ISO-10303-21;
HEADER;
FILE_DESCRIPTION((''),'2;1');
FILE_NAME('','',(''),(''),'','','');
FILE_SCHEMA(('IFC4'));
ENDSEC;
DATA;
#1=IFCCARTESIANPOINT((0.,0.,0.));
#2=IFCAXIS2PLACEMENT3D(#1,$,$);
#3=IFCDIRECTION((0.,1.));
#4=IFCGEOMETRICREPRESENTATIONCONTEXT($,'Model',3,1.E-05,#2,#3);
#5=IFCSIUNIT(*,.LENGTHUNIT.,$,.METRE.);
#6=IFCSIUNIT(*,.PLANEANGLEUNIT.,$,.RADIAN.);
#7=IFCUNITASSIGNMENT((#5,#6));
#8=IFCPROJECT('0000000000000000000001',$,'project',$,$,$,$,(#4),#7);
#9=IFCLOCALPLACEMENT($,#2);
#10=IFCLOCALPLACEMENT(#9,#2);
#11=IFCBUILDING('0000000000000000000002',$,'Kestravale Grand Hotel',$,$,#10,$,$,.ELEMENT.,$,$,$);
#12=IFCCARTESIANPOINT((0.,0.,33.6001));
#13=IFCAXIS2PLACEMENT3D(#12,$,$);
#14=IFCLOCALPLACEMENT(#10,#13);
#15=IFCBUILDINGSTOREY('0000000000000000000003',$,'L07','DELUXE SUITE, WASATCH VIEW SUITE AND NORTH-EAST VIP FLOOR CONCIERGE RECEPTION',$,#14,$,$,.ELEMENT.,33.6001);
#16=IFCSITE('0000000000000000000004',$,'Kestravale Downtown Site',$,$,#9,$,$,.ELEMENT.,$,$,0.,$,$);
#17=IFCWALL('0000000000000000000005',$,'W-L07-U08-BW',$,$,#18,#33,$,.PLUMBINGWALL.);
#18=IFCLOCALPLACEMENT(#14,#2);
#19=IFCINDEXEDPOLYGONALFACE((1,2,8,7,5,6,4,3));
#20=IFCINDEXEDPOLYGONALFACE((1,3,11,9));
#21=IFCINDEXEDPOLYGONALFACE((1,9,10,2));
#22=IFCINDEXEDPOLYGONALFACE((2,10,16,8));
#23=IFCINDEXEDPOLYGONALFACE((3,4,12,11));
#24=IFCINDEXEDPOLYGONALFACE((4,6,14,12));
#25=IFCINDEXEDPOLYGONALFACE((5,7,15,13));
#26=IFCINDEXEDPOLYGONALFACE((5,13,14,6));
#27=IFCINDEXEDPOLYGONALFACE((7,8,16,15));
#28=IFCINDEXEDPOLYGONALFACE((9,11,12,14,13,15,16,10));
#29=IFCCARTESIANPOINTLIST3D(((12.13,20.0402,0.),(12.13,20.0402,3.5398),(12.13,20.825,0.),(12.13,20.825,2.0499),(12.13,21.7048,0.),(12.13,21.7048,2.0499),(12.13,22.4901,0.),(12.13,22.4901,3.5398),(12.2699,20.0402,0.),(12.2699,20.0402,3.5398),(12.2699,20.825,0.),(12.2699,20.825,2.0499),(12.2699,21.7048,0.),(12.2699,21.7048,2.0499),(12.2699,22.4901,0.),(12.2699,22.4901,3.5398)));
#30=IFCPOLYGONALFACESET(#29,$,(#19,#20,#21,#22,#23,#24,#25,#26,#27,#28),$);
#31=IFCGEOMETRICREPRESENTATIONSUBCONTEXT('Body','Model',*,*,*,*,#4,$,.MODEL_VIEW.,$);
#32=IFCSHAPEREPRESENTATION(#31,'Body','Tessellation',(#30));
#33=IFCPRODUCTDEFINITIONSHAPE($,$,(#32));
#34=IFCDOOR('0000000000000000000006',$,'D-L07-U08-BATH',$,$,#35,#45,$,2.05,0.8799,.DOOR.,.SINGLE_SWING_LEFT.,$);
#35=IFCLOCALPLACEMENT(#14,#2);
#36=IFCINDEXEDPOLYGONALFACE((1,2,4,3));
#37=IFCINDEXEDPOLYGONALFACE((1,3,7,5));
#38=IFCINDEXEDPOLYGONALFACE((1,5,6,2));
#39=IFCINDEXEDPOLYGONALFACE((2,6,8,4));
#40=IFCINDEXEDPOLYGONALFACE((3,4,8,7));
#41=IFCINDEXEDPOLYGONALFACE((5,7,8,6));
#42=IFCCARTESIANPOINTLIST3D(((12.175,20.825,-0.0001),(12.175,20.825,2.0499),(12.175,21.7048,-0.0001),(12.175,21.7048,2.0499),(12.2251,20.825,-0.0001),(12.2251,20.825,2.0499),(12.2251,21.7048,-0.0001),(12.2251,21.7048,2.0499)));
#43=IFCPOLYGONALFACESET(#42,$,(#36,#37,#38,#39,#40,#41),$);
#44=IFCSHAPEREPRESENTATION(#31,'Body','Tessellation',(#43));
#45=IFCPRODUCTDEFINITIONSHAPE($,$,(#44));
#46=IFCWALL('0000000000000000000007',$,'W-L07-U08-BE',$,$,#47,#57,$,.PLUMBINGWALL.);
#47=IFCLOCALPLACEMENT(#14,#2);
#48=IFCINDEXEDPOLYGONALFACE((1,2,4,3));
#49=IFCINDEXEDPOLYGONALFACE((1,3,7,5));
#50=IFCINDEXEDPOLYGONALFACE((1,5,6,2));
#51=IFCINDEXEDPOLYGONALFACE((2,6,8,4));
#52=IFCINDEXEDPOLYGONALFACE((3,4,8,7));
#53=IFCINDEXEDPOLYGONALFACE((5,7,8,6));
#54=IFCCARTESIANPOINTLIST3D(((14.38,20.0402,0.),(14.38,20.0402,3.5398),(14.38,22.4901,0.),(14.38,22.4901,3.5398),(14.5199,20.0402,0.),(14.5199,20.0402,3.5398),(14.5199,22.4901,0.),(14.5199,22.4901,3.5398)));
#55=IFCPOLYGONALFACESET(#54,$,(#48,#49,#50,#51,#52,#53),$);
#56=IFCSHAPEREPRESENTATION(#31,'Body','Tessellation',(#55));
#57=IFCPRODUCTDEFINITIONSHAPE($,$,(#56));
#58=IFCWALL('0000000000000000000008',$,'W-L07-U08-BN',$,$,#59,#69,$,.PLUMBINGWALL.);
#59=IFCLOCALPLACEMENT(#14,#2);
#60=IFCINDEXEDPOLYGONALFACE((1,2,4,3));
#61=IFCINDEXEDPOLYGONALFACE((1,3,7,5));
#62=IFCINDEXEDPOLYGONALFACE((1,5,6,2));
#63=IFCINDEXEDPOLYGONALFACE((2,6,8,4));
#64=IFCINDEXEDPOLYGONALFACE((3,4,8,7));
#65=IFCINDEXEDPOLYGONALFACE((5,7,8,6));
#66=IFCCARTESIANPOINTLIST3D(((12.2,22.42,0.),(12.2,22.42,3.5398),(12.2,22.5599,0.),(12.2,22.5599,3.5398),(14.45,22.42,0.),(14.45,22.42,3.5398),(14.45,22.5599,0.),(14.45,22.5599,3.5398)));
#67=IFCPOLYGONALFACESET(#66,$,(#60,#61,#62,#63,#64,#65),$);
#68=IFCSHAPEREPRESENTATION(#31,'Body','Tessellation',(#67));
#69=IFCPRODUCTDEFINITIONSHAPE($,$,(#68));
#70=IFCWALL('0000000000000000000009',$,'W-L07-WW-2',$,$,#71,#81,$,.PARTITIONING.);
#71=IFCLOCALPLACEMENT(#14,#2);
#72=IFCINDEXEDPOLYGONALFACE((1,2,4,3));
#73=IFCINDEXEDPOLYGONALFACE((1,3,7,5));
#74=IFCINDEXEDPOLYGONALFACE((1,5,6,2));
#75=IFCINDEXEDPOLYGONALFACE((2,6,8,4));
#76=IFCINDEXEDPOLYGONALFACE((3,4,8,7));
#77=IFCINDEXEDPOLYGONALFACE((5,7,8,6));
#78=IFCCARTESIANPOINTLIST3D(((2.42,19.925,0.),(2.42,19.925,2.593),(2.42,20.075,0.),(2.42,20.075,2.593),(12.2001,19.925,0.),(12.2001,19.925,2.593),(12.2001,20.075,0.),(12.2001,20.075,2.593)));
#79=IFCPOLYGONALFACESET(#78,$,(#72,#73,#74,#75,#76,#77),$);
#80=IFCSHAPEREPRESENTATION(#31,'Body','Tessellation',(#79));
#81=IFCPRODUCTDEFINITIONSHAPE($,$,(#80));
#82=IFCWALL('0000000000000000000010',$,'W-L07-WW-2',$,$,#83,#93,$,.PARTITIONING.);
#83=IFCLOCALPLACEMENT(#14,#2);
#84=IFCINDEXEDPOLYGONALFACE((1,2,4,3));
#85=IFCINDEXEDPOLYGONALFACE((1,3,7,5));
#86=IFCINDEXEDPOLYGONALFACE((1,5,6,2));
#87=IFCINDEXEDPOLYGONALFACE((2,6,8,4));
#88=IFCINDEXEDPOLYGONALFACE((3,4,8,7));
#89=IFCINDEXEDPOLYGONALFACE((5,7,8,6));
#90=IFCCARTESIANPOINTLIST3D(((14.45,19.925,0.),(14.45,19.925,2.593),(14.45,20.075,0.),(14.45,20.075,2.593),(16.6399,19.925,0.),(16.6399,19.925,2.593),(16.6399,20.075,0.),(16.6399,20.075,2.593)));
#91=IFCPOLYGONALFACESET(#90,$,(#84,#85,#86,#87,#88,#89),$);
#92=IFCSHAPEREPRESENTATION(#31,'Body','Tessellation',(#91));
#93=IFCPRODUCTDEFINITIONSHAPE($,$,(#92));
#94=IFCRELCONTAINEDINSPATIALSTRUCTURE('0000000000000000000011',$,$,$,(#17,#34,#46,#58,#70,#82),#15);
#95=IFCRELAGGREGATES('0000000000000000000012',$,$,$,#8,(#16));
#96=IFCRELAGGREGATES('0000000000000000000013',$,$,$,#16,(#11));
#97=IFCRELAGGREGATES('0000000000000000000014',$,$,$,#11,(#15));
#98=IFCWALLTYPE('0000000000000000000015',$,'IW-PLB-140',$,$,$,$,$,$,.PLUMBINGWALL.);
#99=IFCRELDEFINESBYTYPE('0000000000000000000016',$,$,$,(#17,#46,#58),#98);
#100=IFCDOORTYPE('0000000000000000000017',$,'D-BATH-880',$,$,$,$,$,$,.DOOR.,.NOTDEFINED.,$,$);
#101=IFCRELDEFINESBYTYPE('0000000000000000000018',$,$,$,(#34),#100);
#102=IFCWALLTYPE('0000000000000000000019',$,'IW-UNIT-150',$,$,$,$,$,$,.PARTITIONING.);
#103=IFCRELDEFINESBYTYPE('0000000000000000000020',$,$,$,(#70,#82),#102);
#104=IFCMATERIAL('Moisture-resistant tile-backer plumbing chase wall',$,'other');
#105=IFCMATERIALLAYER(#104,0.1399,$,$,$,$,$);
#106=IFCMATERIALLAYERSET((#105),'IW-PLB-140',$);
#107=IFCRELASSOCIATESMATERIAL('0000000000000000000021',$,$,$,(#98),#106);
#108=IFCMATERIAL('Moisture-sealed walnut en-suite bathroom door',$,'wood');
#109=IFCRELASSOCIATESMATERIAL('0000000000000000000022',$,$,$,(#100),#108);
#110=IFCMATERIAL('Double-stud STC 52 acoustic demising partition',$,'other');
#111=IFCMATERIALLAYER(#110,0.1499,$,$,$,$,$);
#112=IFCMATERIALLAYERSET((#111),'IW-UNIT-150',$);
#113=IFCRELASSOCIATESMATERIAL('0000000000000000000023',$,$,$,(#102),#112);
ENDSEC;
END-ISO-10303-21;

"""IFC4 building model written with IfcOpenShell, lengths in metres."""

from ifc_helpers import new_model, si_unit, direction, frame, frame_2d, origin, place, context, subcontext, project, spatial, rectangle, extrude, material, layer, layer_set, type_object, element, fill, save


model = new_model("IFC4")

# Units and contexts
model_context = context("Model", 3, precision=1e-05, world=origin(), true_north=direction((0.0, 1.0)))
body_context = subcontext(model_context, "Body", "Model", "MODEL_VIEW")
ifc_project = project(units=[si_unit("LENGTHUNIT", "METRE"), si_unit("PLANEANGLEUNIT", "RADIAN")], contexts=[model_context])

# Site, building, storey
site_placement = place(None, origin())
site = spatial("IfcSite", under=ifc_project, at=site_placement, Name="Kestravale Downtown Site", CompositionType="ELEMENT", RefElevation=0.0)
building_placement = place(site_placement, origin())
building = spatial("IfcBuilding", under=site, at=building_placement, Name="Kestravale Grand Hotel", CompositionType="ELEMENT")
storey_placement = place(building_placement, frame((0.0, 0.0, 33.6001)))
storey = spatial("IfcBuildingStorey", under=building, at=storey_placement, Name="L07", Description="DELUXE SUITE, WASATCH VIEW SUITE AND NORTH-EAST VIP FLOOR CONCIERGE RECEPTION", CompositionType="ELEMENT", Elevation=33.6001)

# Shared definitions
ifc_material_1 = material(Name="Moisture-resistant tile-backer plumbing chase wall", Category="other")
ifc_layer_1 = layer(ifc_material_1, 0.1399)
ifc_layer_set_1 = layer_set([ifc_layer_1], Name="IW-PLB-140")
wall_type_1 = type_object("IfcWallType", Name="IW-PLB-140", PredefinedType="PLUMBINGWALL", material=ifc_layer_set_1)
ifc_material_2 = material(Name="Moisture-sealed walnut en-suite bathroom door", Category="wood")
door_type_1 = type_object("IfcDoorType", Name="D-BATH-880", OperationType="NOTDEFINED", PredefinedType="DOOR", material=ifc_material_2)

# Wall, opening, door
wall_1_placement = place(storey_placement, frame((12.2, 20.04, 0.0), z_axis=(0.0, 0.0, 1.0), x_axis=(0.0, 1.0, 0.0)))
wall_1 = element("IfcWall", 1, at=wall_1_placement, inside=storey, type_object=wall_type_1, Name="W-L07-U08-BW", PredefinedType="PLUMBINGWALL", context=body_context, shape_type="SweptSolid", body=[
    extrude(rectangle(XDim=2.45, YDim=0.1399, at=frame_2d((1.2251, 0.0))), origin(), (0.0, 0.0, 1.0), 3.5398),
])
opening_1_placement = place(wall_1_placement, frame((0.7849, 0.0, 0.0)))
opening_1 = element("IfcOpeningElement", 2, at=opening_1_placement, cuts=wall_1, PredefinedType="OPENING", context=body_context, shape_type="SweptSolid", body=[
    extrude(rectangle(XDim=0.8799, YDim=2.05, at=frame_2d((0.4399, 1.0249))), frame((0.0, 0.0798, 0.0), z_axis=(0.0, -1.0, 0.0), x_axis=(1.0, 0.0, 0.0)), (0.0, 0.0, 1.0), 0.1599),
])
door_1_placement = place(opening_1_placement, origin())
door_1 = element("IfcDoor", 3, at=door_1_placement, inside=storey, type_object=door_type_1, Name="D-L07-U08-BATH", OperationType="SINGLE_SWING_LEFT", OverallHeight=2.05, OverallWidth=0.8799, PredefinedType="DOOR", context=body_context, shape_type="SweptSolid", body=[
    extrude(rectangle(XDim=0.8799, YDim=2.05, at=frame_2d((0.4399, 1.0249))), frame((0.0, 0.0249, 0.0), z_axis=(0.0, -1.0, 0.0), x_axis=(1.0, 0.0, 0.0)), (0.0, 0.0, 1.0), 0.05),
])
fill(opening_1, door_1)

# Walls
wall_2_placement = place(storey_placement, frame((14.45, 20.04, 0.0), z_axis=(0.0, 0.0, 1.0), x_axis=(0.0, 1.0, 0.0)))
element("IfcWall", 4, at=wall_2_placement, inside=storey, type_object=wall_type_1, Name="W-L07-U08-BE", PredefinedType="PLUMBINGWALL", context=body_context, shape_type="SweptSolid", body=[
    extrude(rectangle(XDim=2.45, YDim=0.1399, at=frame_2d((1.2251, 0.0))), origin(), (0.0, 0.0, 1.0), 3.5398),
])
wall_3_placement = place(storey_placement, frame((12.2, 22.49, 0.0), z_axis=(0.0, 0.0, 1.0), x_axis=(1.0, 0.0, 0.0)))
element("IfcWall", 5, at=wall_3_placement, inside=storey, type_object=wall_type_1, Name="W-L07-U08-BN", PredefinedType="PLUMBINGWALL", context=body_context, shape_type="SweptSolid", body=[
    extrude(rectangle(XDim=2.25, YDim=0.1399, at=frame_2d((1.125, 0.0))), origin(), (0.0, 0.0, 1.0), 3.5398),
])
ifc_material_3 = material(Name="Double-stud STC 52 acoustic demising partition", Category="other")
ifc_layer_2 = layer(ifc_material_3, 0.1499)
ifc_layer_set_2 = layer_set([ifc_layer_2], Name="IW-UNIT-150")
wall_type_2 = type_object("IfcWallType", Name="IW-UNIT-150", PredefinedType="PARTITIONING", material=ifc_layer_set_2)
wall_4_placement = place(storey_placement, frame((2.4199, 20.0, 0.0), z_axis=(0.0, 0.0, 1.0), x_axis=(1.0, 0.0, 0.0)))
element("IfcWall", 6, at=wall_4_placement, inside=storey, type_object=wall_type_2, Name="W-L07-WW-2", PredefinedType="PARTITIONING", context=body_context, shape_type="SweptSolid", body=[
    extrude(rectangle(XDim=9.78, YDim=0.1499, at=frame_2d((4.8901, 0.0))), origin(), (0.0, 0.0, 1.0), 2.593),
])
wall_5_placement = place(storey_placement, frame((14.45, 20.0, 0.0), z_axis=(0.0, 0.0, 1.0), x_axis=(1.0, 0.0, 0.0)))
element("IfcWall", 7, at=wall_5_placement, inside=storey, type_object=wall_type_2, Name="W-L07-WW-2", PredefinedType="PARTITIONING", context=body_context, shape_type="SweptSolid", body=[
    extrude(rectangle(XDim=2.1899, YDim=0.1499, at=frame_2d((1.095, 0.0))), origin(), (0.0, 0.0, 1.0), 2.593),
])

save(model, "model.ifc")
